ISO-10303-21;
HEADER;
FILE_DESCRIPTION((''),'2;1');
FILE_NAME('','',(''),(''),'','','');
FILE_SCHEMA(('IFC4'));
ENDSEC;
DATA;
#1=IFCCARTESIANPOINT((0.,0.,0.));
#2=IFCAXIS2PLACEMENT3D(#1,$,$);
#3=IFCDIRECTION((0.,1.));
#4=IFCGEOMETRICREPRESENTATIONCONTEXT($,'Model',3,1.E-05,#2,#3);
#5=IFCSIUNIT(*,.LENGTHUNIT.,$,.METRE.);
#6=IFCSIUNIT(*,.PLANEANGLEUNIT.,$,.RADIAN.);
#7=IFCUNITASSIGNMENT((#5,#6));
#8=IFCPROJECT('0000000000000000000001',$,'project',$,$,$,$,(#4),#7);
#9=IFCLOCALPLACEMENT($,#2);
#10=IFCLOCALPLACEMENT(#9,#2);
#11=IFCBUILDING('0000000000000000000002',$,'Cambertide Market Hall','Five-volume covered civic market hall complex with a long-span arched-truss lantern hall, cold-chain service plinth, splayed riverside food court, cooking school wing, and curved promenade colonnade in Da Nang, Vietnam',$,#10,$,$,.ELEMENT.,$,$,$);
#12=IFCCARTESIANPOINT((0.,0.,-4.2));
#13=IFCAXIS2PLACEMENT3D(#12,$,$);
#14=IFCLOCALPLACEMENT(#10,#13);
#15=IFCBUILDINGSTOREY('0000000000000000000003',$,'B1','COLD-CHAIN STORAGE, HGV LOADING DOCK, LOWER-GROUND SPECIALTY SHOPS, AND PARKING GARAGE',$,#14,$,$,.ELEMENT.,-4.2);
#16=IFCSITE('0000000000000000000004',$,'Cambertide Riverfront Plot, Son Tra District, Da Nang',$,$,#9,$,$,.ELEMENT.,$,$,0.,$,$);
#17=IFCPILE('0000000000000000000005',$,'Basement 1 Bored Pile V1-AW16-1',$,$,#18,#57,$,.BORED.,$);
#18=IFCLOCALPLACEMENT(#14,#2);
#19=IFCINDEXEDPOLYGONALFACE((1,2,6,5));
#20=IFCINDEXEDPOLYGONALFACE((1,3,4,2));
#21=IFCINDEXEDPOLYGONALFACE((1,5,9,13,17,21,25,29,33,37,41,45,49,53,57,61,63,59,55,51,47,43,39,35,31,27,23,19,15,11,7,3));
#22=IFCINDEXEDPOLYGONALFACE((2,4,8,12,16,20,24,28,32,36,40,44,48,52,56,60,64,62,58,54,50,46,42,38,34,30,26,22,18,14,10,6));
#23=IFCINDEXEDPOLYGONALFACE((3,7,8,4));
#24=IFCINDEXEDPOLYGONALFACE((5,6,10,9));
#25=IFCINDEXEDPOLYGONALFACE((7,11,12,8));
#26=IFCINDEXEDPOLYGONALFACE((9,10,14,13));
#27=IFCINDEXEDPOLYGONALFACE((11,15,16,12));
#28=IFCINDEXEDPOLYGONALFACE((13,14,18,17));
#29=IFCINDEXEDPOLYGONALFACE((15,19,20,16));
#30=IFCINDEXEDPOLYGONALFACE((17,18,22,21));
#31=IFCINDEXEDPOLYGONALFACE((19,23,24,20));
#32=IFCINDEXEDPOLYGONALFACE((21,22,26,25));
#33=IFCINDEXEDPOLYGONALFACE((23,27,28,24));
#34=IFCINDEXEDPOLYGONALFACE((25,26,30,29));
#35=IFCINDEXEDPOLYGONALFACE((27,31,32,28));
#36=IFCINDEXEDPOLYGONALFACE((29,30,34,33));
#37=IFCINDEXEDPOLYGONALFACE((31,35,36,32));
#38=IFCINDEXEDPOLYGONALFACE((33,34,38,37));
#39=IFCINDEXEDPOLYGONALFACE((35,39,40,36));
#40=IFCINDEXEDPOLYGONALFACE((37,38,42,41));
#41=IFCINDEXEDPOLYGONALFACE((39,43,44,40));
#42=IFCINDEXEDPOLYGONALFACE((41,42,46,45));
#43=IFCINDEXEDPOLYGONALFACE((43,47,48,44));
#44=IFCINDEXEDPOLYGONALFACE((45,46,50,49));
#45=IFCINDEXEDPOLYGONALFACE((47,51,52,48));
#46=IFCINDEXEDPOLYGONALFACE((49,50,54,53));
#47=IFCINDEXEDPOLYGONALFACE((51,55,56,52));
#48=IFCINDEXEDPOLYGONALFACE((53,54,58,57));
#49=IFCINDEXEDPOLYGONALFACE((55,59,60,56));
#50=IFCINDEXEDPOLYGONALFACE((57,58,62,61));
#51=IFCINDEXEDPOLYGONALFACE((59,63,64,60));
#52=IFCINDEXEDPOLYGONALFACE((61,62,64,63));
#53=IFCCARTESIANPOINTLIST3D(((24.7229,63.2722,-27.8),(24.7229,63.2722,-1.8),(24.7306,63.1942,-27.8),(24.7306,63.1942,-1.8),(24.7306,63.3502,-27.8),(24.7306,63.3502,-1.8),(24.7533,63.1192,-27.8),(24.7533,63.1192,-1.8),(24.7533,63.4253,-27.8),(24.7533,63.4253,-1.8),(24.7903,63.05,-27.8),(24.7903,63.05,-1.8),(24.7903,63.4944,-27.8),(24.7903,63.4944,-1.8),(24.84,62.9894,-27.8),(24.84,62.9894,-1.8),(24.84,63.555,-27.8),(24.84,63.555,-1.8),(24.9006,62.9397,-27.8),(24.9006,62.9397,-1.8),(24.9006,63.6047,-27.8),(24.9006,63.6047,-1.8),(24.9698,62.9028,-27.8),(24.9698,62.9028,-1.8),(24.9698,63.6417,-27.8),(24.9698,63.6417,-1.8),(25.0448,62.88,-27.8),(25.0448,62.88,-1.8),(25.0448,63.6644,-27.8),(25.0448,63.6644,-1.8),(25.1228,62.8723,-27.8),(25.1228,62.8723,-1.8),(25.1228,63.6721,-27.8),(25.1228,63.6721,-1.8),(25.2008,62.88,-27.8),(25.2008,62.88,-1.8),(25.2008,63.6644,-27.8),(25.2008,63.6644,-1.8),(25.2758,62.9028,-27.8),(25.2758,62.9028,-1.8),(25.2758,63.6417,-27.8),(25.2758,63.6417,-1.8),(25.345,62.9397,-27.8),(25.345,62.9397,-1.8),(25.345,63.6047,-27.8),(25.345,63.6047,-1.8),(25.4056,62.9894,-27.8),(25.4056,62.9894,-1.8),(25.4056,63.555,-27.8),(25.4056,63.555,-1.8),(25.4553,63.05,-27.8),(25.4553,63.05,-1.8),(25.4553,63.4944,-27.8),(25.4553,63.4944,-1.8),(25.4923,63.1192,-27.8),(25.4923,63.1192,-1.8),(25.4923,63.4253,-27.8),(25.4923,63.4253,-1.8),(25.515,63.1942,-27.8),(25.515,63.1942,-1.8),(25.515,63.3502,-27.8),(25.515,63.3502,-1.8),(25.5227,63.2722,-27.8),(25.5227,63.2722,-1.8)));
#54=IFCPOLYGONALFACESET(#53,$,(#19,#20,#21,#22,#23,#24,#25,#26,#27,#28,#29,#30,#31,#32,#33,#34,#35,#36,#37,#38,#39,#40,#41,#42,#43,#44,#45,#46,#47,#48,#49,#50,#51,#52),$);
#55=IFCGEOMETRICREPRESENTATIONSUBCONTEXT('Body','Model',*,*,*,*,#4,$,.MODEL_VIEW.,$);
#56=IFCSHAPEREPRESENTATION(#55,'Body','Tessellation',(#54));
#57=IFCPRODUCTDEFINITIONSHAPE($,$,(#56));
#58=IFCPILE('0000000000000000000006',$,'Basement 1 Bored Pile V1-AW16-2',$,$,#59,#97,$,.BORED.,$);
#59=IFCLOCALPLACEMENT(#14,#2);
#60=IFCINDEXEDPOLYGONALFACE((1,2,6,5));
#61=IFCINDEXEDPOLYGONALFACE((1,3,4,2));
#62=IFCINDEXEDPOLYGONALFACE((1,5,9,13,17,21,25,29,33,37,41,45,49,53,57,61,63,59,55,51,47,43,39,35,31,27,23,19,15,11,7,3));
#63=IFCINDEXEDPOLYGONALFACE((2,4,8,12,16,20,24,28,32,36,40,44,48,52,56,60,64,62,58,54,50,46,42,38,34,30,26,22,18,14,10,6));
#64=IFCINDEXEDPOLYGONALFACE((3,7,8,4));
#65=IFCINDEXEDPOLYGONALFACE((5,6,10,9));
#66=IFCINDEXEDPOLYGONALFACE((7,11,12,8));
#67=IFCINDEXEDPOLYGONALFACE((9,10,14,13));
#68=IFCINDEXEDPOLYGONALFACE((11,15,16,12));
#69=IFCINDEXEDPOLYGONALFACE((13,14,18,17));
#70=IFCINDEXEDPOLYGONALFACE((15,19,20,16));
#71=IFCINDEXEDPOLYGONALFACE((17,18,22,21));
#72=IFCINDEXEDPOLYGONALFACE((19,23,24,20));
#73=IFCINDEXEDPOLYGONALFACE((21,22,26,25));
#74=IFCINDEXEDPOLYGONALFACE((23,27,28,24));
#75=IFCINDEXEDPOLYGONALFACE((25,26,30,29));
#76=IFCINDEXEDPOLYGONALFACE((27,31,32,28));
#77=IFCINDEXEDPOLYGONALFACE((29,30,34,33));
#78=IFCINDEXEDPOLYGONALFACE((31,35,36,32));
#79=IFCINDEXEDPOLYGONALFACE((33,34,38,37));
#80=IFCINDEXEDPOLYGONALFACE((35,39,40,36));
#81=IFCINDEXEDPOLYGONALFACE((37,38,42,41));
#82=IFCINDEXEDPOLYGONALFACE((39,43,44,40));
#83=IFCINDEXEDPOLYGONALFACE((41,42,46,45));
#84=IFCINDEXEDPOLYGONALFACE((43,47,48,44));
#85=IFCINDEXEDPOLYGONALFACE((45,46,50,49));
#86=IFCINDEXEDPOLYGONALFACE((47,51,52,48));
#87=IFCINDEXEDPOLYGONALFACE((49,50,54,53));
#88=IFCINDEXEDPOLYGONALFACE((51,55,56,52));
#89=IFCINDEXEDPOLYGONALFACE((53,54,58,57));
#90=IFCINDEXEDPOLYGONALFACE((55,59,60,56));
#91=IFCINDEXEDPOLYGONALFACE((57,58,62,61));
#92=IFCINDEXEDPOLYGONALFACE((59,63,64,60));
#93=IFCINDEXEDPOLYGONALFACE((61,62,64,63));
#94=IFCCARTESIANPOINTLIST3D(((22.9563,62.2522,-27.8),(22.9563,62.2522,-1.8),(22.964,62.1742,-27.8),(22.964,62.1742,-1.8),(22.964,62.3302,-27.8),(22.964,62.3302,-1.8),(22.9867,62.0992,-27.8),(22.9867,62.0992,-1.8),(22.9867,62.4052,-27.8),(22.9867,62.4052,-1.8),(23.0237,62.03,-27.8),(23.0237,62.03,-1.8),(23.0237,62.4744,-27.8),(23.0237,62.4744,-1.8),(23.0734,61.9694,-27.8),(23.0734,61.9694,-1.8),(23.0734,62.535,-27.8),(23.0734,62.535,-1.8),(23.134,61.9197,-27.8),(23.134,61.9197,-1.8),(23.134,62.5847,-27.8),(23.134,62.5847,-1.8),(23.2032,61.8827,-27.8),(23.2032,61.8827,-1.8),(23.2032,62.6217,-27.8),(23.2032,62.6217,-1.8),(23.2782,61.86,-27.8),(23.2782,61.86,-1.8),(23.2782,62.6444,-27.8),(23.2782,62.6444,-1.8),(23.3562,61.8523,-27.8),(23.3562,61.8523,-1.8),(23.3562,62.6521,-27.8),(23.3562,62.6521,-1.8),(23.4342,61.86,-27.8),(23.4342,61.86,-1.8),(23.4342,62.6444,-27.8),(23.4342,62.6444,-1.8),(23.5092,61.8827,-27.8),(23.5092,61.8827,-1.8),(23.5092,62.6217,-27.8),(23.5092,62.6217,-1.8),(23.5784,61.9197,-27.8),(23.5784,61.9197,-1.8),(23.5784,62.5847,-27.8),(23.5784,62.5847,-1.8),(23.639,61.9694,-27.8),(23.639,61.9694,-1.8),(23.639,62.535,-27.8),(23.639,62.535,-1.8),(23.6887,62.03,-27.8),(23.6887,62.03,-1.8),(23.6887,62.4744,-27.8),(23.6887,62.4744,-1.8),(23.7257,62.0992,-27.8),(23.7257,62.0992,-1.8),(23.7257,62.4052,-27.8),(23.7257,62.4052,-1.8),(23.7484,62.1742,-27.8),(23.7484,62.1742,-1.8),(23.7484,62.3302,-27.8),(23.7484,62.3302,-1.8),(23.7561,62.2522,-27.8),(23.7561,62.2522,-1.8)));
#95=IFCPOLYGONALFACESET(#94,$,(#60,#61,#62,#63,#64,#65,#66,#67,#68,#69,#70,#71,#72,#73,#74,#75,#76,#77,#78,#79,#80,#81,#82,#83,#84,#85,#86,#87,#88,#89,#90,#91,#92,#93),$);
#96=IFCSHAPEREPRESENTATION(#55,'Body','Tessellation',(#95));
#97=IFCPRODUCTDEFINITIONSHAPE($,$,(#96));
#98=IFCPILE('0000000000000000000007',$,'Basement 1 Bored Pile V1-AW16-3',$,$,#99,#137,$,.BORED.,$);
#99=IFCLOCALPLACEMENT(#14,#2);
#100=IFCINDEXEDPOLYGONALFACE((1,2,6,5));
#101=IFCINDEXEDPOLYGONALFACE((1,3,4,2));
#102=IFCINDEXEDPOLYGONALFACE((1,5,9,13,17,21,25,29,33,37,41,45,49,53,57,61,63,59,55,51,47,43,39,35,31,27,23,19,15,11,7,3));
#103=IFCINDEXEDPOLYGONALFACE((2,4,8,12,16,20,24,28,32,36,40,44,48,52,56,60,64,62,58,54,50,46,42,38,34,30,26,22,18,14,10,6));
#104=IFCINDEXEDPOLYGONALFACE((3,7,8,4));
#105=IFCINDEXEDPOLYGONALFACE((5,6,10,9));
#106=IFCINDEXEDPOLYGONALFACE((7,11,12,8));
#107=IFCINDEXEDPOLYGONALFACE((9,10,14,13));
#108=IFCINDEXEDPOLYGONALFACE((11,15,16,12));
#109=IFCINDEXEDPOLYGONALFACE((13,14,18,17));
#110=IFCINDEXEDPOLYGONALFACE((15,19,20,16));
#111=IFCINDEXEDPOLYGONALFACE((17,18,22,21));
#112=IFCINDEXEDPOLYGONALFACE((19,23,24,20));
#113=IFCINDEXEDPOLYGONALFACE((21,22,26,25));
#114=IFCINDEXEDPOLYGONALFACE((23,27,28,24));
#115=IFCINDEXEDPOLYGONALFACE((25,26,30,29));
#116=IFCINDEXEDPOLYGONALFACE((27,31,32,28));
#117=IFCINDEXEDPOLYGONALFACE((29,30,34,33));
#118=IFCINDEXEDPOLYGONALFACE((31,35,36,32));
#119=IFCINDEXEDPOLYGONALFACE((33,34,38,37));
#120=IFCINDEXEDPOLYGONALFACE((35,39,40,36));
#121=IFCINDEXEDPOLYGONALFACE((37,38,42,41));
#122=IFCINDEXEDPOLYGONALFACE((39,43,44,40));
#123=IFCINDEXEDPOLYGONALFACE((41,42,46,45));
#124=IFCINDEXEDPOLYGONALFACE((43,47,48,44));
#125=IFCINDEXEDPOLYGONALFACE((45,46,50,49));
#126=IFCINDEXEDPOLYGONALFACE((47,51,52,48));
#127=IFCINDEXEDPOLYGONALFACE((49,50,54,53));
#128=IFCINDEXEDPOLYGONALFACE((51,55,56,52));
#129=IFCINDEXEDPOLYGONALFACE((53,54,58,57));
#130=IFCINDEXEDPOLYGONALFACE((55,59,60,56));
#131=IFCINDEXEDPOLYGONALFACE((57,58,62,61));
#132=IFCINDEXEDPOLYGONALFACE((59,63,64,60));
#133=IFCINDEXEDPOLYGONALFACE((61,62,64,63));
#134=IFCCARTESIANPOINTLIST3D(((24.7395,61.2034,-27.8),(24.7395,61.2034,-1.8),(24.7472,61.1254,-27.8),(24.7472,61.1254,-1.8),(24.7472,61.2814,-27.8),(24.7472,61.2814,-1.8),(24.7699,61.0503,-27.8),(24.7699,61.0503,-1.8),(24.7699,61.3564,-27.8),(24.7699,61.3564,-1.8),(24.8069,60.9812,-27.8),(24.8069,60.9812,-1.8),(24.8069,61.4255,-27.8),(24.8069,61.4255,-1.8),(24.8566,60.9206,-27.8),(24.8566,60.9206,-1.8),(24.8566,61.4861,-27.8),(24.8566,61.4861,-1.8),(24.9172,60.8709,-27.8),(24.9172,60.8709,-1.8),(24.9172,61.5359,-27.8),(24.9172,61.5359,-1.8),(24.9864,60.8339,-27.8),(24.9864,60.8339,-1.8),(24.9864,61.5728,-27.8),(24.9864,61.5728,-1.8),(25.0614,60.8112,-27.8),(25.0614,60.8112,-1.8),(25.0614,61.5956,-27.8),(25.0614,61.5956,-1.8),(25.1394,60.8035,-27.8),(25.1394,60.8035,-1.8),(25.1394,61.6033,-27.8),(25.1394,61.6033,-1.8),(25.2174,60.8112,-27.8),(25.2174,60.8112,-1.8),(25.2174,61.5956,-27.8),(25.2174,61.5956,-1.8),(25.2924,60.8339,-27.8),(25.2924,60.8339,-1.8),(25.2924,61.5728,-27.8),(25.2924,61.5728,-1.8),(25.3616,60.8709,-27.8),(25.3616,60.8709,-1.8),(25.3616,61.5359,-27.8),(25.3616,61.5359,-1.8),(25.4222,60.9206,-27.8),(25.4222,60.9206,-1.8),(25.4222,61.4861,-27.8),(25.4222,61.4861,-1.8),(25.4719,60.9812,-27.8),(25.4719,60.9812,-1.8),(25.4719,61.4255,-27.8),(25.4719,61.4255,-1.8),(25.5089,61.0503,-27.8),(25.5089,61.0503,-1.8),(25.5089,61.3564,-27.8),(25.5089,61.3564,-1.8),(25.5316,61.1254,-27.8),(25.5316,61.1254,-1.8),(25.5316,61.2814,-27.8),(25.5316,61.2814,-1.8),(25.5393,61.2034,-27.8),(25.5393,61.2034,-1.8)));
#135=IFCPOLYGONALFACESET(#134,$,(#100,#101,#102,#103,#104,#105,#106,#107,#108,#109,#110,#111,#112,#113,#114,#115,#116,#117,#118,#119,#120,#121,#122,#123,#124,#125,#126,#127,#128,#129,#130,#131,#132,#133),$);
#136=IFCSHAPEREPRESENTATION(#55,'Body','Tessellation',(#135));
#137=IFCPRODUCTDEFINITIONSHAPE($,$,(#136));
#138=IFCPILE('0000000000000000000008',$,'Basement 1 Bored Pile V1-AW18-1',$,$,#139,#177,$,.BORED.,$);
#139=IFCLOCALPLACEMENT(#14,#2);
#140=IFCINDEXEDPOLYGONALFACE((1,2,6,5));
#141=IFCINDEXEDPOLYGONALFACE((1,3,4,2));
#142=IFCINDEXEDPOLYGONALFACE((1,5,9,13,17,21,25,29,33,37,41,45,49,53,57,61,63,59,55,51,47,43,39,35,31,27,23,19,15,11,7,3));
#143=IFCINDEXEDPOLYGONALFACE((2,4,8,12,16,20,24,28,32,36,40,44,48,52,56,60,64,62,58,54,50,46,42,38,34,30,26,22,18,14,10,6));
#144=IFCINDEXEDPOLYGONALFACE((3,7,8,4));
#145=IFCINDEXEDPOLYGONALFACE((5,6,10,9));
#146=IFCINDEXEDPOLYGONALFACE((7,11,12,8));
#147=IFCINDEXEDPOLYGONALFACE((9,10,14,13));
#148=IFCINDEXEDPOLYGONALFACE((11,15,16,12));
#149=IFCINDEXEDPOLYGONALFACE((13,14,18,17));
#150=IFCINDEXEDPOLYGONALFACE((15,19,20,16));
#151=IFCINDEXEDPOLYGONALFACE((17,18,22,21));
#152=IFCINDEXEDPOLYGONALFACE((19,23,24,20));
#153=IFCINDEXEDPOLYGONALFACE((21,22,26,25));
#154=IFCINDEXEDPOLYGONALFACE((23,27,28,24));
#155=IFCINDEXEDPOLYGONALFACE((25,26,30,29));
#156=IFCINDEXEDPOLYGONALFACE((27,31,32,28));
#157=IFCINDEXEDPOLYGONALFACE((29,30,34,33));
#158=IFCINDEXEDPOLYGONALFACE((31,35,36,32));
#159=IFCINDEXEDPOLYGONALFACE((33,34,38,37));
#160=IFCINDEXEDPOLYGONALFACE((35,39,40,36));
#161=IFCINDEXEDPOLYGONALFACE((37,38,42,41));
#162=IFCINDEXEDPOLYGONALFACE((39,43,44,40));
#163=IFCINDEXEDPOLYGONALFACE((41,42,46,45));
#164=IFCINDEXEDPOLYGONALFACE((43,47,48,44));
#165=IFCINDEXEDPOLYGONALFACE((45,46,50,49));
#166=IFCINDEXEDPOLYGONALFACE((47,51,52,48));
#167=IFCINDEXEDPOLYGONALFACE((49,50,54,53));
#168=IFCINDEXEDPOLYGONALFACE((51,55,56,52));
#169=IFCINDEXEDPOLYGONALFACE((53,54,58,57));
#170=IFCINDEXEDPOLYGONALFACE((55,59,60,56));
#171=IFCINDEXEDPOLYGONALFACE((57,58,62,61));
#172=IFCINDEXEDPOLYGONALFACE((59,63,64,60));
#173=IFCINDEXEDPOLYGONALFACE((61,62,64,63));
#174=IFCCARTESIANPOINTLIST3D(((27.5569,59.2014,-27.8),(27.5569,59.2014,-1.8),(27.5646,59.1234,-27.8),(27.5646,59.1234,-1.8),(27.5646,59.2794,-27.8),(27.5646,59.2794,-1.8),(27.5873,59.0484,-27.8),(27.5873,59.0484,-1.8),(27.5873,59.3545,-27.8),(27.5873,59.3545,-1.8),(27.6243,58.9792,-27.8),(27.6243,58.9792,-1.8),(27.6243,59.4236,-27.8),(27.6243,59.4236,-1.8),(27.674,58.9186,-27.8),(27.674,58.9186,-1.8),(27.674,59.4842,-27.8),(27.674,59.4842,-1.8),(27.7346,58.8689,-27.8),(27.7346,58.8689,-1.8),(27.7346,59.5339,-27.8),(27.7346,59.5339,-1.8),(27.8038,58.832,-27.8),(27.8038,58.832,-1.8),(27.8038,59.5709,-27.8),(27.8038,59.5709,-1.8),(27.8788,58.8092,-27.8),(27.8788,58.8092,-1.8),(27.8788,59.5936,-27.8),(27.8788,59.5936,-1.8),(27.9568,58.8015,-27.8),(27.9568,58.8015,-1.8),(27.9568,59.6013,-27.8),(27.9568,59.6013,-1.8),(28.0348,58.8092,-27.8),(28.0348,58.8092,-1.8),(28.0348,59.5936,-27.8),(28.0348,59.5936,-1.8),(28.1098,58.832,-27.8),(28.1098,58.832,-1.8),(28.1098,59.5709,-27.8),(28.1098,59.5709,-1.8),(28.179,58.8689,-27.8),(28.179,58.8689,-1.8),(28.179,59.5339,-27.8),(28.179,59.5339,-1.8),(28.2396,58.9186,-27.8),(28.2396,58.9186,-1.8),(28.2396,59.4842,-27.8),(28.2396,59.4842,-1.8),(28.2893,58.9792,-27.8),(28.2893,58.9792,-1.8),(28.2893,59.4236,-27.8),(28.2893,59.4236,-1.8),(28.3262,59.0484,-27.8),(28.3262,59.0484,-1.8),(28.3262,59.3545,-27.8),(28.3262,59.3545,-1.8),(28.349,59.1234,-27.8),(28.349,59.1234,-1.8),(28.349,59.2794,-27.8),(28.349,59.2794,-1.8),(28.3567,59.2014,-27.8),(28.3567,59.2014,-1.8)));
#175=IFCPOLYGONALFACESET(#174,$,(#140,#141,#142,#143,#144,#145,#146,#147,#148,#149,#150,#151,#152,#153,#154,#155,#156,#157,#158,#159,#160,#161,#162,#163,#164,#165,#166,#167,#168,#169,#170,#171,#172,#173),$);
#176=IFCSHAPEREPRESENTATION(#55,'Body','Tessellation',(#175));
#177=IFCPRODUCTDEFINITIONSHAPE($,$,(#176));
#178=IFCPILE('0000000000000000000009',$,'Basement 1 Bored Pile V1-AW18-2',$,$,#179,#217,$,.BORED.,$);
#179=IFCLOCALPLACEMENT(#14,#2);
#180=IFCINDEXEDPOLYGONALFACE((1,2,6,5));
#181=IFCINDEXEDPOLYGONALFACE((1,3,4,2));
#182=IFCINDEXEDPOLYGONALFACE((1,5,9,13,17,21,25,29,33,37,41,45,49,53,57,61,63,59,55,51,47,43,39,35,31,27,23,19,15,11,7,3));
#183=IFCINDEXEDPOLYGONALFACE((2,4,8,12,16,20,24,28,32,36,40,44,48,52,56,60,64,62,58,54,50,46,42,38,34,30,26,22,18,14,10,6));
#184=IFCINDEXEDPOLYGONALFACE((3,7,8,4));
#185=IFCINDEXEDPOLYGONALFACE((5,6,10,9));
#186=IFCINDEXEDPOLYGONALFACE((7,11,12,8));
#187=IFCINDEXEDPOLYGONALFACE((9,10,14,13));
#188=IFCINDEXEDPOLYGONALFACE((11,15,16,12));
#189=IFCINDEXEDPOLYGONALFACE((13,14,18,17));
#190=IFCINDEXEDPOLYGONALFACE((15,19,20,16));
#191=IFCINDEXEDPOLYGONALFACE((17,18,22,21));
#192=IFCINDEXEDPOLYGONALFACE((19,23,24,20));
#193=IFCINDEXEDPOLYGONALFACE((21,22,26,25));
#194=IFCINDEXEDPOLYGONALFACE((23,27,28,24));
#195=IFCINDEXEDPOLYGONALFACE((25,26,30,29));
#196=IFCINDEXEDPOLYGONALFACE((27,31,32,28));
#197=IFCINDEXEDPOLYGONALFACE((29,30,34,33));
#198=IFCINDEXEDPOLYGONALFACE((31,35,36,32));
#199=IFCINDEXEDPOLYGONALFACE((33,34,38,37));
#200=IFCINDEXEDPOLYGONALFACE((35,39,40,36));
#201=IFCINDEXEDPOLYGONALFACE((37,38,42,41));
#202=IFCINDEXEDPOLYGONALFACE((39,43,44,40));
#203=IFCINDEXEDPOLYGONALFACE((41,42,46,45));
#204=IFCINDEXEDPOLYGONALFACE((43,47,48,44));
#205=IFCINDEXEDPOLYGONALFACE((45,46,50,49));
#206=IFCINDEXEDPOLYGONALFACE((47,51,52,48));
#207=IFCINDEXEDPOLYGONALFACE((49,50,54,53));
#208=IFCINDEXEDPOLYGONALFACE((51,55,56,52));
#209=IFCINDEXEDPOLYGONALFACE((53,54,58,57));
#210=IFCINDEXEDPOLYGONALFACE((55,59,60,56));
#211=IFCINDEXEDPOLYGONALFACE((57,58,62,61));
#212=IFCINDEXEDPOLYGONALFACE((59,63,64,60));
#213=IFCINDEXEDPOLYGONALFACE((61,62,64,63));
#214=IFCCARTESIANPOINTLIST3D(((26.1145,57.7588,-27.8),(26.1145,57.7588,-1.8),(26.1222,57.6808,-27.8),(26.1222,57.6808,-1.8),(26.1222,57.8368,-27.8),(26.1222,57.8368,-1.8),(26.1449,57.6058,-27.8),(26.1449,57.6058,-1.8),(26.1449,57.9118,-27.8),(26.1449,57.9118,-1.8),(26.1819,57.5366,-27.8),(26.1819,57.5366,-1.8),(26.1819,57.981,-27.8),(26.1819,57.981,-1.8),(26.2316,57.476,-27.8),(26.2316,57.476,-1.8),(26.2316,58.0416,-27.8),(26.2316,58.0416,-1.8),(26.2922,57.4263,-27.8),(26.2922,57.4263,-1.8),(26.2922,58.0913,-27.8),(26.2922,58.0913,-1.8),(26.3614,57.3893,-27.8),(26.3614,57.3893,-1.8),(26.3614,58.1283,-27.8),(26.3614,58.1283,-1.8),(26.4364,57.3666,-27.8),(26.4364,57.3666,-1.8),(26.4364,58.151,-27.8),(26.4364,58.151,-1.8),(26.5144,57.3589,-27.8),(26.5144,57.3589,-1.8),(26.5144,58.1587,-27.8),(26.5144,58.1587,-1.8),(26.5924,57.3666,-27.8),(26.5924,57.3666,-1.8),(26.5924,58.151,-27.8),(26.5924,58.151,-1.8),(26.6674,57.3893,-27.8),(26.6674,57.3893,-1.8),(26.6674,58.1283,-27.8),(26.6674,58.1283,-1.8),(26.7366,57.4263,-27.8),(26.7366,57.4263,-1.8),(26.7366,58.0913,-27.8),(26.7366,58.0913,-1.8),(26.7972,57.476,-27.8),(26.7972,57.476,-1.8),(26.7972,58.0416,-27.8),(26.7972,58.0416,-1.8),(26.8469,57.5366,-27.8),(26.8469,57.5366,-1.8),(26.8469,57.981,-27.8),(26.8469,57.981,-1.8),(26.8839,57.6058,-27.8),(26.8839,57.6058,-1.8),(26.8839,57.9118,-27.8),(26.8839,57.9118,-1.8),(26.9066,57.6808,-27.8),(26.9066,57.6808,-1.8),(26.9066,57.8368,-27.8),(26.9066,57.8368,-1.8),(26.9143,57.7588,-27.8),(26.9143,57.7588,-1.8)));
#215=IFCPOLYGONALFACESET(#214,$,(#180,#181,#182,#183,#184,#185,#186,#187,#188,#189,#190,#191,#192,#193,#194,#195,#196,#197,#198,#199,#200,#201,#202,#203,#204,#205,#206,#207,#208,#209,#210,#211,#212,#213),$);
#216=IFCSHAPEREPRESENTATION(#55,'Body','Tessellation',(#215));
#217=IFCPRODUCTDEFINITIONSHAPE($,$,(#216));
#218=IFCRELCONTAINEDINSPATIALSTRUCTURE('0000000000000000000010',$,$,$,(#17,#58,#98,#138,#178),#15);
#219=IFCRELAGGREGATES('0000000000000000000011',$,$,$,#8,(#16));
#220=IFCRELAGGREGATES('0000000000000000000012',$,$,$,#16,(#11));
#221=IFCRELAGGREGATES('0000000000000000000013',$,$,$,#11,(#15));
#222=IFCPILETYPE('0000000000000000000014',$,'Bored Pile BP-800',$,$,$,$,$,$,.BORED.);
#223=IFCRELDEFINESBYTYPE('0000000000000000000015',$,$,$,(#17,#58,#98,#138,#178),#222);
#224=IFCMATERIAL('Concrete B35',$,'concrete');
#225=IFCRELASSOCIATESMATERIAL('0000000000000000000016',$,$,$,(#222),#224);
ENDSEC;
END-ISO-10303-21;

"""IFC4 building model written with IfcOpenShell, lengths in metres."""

from ifc_helpers import new_model, si_unit, direction, frame, origin, origin_2d, place, context, subcontext, project, spatial, circle, extrude, material, material_profile, profile_set, type_object, element, save


model = new_model("IFC4")

# Units and contexts
model_context = context("Model", 3, precision=1e-05, world=origin(), true_north=direction((0.0, 1.0)))
body_context = subcontext(model_context, "Body", "Model", "MODEL_VIEW")
ifc_project = project(units=[si_unit("LENGTHUNIT", "METRE"), si_unit("PLANEANGLEUNIT", "RADIAN")], contexts=[model_context])

# Site, building, storey
site_placement = place(None, origin())
site = spatial("IfcSite", under=ifc_project, at=site_placement, Name="Cambertide Riverfront Plot, Son Tra District, Da Nang", CompositionType="ELEMENT", RefElevation=0.0)
building_placement = place(site_placement, origin())
building = spatial("IfcBuilding", under=site, at=building_placement, Name="Cambertide Market Hall", Description="Five-volume covered civic market hall complex with a long-span arched-truss lantern hall, cold-chain service plinth, splayed riverside food court, cooking school wing, and curved promenade colonnade in Da Nang, Vietnam", CompositionType="ELEMENT")
storey_placement = place(building_placement, frame((0.0, 0.0, -4.2)))
storey = spatial("IfcBuildingStorey", under=building, at=storey_placement, Name="B1", Description="COLD-CHAIN STORAGE, HGV LOADING DOCK, LOWER-GROUND SPECIALTY SHOPS, AND PARKING GARAGE", CompositionType="ELEMENT", Elevation=-4.2)

# Piles
ifc_material_1 = material(Name="Concrete B35", Category="concrete")
ifc_material_profile_1 = material_profile(ifc_material_1, circle(Radius=0.3999, at=origin_2d()), Name="BP D800")
ifc_profile_set_1 = profile_set([ifc_material_profile_1], Name="Concrete B35")
pile_type_1 = type_object("IfcPileType", Name="Bored Pile BP-800", PredefinedType="BORED", material=ifc_profile_set_1)
for number, where, z_axis, x_axis, name in (
    (1, (25.1228, 63.2722, -1.8), (0.0, 0.0, -1.0), (1.0, 0.0, 0.0), "Basement 1 Bored Pile V1-AW16-1"),
    (2, (23.3562, 62.2522, -1.8), (0.0, 0.0, -1.0), (1.0, 0.0, 0.0), "Basement 1 Bored Pile V1-AW16-2"),
    (3, (25.1394, 61.2034, -1.8), (0.0, 0.0, -1.0), (1.0, 0.0, 0.0), "Basement 1 Bored Pile V1-AW16-3"),
    (4, (27.9568, 59.2014, -1.8), (0.0, 0.0, -1.0), (1.0, 0.0, 0.0), "Basement 1 Bored Pile V1-AW18-1"),
    (5, (26.5144, 57.7588, -1.8), (0.0, 0.0, -1.0), (1.0, 0.0, 0.0), "Basement 1 Bored Pile V1-AW18-2"),
):
    element("IfcPile", number, at=place(storey_placement, frame(where, z_axis=z_axis, x_axis=x_axis)), inside=storey, type_object=pile_type_1, Name=name, PredefinedType="BORED", context=body_context, shape_type="SweptSolid", body=[
        extrude(circle(Radius=0.3999, at=origin_2d()), origin(), (0.0, 0.0, 1.0), 26.0),
    ])

save(model, "model.ifc")
